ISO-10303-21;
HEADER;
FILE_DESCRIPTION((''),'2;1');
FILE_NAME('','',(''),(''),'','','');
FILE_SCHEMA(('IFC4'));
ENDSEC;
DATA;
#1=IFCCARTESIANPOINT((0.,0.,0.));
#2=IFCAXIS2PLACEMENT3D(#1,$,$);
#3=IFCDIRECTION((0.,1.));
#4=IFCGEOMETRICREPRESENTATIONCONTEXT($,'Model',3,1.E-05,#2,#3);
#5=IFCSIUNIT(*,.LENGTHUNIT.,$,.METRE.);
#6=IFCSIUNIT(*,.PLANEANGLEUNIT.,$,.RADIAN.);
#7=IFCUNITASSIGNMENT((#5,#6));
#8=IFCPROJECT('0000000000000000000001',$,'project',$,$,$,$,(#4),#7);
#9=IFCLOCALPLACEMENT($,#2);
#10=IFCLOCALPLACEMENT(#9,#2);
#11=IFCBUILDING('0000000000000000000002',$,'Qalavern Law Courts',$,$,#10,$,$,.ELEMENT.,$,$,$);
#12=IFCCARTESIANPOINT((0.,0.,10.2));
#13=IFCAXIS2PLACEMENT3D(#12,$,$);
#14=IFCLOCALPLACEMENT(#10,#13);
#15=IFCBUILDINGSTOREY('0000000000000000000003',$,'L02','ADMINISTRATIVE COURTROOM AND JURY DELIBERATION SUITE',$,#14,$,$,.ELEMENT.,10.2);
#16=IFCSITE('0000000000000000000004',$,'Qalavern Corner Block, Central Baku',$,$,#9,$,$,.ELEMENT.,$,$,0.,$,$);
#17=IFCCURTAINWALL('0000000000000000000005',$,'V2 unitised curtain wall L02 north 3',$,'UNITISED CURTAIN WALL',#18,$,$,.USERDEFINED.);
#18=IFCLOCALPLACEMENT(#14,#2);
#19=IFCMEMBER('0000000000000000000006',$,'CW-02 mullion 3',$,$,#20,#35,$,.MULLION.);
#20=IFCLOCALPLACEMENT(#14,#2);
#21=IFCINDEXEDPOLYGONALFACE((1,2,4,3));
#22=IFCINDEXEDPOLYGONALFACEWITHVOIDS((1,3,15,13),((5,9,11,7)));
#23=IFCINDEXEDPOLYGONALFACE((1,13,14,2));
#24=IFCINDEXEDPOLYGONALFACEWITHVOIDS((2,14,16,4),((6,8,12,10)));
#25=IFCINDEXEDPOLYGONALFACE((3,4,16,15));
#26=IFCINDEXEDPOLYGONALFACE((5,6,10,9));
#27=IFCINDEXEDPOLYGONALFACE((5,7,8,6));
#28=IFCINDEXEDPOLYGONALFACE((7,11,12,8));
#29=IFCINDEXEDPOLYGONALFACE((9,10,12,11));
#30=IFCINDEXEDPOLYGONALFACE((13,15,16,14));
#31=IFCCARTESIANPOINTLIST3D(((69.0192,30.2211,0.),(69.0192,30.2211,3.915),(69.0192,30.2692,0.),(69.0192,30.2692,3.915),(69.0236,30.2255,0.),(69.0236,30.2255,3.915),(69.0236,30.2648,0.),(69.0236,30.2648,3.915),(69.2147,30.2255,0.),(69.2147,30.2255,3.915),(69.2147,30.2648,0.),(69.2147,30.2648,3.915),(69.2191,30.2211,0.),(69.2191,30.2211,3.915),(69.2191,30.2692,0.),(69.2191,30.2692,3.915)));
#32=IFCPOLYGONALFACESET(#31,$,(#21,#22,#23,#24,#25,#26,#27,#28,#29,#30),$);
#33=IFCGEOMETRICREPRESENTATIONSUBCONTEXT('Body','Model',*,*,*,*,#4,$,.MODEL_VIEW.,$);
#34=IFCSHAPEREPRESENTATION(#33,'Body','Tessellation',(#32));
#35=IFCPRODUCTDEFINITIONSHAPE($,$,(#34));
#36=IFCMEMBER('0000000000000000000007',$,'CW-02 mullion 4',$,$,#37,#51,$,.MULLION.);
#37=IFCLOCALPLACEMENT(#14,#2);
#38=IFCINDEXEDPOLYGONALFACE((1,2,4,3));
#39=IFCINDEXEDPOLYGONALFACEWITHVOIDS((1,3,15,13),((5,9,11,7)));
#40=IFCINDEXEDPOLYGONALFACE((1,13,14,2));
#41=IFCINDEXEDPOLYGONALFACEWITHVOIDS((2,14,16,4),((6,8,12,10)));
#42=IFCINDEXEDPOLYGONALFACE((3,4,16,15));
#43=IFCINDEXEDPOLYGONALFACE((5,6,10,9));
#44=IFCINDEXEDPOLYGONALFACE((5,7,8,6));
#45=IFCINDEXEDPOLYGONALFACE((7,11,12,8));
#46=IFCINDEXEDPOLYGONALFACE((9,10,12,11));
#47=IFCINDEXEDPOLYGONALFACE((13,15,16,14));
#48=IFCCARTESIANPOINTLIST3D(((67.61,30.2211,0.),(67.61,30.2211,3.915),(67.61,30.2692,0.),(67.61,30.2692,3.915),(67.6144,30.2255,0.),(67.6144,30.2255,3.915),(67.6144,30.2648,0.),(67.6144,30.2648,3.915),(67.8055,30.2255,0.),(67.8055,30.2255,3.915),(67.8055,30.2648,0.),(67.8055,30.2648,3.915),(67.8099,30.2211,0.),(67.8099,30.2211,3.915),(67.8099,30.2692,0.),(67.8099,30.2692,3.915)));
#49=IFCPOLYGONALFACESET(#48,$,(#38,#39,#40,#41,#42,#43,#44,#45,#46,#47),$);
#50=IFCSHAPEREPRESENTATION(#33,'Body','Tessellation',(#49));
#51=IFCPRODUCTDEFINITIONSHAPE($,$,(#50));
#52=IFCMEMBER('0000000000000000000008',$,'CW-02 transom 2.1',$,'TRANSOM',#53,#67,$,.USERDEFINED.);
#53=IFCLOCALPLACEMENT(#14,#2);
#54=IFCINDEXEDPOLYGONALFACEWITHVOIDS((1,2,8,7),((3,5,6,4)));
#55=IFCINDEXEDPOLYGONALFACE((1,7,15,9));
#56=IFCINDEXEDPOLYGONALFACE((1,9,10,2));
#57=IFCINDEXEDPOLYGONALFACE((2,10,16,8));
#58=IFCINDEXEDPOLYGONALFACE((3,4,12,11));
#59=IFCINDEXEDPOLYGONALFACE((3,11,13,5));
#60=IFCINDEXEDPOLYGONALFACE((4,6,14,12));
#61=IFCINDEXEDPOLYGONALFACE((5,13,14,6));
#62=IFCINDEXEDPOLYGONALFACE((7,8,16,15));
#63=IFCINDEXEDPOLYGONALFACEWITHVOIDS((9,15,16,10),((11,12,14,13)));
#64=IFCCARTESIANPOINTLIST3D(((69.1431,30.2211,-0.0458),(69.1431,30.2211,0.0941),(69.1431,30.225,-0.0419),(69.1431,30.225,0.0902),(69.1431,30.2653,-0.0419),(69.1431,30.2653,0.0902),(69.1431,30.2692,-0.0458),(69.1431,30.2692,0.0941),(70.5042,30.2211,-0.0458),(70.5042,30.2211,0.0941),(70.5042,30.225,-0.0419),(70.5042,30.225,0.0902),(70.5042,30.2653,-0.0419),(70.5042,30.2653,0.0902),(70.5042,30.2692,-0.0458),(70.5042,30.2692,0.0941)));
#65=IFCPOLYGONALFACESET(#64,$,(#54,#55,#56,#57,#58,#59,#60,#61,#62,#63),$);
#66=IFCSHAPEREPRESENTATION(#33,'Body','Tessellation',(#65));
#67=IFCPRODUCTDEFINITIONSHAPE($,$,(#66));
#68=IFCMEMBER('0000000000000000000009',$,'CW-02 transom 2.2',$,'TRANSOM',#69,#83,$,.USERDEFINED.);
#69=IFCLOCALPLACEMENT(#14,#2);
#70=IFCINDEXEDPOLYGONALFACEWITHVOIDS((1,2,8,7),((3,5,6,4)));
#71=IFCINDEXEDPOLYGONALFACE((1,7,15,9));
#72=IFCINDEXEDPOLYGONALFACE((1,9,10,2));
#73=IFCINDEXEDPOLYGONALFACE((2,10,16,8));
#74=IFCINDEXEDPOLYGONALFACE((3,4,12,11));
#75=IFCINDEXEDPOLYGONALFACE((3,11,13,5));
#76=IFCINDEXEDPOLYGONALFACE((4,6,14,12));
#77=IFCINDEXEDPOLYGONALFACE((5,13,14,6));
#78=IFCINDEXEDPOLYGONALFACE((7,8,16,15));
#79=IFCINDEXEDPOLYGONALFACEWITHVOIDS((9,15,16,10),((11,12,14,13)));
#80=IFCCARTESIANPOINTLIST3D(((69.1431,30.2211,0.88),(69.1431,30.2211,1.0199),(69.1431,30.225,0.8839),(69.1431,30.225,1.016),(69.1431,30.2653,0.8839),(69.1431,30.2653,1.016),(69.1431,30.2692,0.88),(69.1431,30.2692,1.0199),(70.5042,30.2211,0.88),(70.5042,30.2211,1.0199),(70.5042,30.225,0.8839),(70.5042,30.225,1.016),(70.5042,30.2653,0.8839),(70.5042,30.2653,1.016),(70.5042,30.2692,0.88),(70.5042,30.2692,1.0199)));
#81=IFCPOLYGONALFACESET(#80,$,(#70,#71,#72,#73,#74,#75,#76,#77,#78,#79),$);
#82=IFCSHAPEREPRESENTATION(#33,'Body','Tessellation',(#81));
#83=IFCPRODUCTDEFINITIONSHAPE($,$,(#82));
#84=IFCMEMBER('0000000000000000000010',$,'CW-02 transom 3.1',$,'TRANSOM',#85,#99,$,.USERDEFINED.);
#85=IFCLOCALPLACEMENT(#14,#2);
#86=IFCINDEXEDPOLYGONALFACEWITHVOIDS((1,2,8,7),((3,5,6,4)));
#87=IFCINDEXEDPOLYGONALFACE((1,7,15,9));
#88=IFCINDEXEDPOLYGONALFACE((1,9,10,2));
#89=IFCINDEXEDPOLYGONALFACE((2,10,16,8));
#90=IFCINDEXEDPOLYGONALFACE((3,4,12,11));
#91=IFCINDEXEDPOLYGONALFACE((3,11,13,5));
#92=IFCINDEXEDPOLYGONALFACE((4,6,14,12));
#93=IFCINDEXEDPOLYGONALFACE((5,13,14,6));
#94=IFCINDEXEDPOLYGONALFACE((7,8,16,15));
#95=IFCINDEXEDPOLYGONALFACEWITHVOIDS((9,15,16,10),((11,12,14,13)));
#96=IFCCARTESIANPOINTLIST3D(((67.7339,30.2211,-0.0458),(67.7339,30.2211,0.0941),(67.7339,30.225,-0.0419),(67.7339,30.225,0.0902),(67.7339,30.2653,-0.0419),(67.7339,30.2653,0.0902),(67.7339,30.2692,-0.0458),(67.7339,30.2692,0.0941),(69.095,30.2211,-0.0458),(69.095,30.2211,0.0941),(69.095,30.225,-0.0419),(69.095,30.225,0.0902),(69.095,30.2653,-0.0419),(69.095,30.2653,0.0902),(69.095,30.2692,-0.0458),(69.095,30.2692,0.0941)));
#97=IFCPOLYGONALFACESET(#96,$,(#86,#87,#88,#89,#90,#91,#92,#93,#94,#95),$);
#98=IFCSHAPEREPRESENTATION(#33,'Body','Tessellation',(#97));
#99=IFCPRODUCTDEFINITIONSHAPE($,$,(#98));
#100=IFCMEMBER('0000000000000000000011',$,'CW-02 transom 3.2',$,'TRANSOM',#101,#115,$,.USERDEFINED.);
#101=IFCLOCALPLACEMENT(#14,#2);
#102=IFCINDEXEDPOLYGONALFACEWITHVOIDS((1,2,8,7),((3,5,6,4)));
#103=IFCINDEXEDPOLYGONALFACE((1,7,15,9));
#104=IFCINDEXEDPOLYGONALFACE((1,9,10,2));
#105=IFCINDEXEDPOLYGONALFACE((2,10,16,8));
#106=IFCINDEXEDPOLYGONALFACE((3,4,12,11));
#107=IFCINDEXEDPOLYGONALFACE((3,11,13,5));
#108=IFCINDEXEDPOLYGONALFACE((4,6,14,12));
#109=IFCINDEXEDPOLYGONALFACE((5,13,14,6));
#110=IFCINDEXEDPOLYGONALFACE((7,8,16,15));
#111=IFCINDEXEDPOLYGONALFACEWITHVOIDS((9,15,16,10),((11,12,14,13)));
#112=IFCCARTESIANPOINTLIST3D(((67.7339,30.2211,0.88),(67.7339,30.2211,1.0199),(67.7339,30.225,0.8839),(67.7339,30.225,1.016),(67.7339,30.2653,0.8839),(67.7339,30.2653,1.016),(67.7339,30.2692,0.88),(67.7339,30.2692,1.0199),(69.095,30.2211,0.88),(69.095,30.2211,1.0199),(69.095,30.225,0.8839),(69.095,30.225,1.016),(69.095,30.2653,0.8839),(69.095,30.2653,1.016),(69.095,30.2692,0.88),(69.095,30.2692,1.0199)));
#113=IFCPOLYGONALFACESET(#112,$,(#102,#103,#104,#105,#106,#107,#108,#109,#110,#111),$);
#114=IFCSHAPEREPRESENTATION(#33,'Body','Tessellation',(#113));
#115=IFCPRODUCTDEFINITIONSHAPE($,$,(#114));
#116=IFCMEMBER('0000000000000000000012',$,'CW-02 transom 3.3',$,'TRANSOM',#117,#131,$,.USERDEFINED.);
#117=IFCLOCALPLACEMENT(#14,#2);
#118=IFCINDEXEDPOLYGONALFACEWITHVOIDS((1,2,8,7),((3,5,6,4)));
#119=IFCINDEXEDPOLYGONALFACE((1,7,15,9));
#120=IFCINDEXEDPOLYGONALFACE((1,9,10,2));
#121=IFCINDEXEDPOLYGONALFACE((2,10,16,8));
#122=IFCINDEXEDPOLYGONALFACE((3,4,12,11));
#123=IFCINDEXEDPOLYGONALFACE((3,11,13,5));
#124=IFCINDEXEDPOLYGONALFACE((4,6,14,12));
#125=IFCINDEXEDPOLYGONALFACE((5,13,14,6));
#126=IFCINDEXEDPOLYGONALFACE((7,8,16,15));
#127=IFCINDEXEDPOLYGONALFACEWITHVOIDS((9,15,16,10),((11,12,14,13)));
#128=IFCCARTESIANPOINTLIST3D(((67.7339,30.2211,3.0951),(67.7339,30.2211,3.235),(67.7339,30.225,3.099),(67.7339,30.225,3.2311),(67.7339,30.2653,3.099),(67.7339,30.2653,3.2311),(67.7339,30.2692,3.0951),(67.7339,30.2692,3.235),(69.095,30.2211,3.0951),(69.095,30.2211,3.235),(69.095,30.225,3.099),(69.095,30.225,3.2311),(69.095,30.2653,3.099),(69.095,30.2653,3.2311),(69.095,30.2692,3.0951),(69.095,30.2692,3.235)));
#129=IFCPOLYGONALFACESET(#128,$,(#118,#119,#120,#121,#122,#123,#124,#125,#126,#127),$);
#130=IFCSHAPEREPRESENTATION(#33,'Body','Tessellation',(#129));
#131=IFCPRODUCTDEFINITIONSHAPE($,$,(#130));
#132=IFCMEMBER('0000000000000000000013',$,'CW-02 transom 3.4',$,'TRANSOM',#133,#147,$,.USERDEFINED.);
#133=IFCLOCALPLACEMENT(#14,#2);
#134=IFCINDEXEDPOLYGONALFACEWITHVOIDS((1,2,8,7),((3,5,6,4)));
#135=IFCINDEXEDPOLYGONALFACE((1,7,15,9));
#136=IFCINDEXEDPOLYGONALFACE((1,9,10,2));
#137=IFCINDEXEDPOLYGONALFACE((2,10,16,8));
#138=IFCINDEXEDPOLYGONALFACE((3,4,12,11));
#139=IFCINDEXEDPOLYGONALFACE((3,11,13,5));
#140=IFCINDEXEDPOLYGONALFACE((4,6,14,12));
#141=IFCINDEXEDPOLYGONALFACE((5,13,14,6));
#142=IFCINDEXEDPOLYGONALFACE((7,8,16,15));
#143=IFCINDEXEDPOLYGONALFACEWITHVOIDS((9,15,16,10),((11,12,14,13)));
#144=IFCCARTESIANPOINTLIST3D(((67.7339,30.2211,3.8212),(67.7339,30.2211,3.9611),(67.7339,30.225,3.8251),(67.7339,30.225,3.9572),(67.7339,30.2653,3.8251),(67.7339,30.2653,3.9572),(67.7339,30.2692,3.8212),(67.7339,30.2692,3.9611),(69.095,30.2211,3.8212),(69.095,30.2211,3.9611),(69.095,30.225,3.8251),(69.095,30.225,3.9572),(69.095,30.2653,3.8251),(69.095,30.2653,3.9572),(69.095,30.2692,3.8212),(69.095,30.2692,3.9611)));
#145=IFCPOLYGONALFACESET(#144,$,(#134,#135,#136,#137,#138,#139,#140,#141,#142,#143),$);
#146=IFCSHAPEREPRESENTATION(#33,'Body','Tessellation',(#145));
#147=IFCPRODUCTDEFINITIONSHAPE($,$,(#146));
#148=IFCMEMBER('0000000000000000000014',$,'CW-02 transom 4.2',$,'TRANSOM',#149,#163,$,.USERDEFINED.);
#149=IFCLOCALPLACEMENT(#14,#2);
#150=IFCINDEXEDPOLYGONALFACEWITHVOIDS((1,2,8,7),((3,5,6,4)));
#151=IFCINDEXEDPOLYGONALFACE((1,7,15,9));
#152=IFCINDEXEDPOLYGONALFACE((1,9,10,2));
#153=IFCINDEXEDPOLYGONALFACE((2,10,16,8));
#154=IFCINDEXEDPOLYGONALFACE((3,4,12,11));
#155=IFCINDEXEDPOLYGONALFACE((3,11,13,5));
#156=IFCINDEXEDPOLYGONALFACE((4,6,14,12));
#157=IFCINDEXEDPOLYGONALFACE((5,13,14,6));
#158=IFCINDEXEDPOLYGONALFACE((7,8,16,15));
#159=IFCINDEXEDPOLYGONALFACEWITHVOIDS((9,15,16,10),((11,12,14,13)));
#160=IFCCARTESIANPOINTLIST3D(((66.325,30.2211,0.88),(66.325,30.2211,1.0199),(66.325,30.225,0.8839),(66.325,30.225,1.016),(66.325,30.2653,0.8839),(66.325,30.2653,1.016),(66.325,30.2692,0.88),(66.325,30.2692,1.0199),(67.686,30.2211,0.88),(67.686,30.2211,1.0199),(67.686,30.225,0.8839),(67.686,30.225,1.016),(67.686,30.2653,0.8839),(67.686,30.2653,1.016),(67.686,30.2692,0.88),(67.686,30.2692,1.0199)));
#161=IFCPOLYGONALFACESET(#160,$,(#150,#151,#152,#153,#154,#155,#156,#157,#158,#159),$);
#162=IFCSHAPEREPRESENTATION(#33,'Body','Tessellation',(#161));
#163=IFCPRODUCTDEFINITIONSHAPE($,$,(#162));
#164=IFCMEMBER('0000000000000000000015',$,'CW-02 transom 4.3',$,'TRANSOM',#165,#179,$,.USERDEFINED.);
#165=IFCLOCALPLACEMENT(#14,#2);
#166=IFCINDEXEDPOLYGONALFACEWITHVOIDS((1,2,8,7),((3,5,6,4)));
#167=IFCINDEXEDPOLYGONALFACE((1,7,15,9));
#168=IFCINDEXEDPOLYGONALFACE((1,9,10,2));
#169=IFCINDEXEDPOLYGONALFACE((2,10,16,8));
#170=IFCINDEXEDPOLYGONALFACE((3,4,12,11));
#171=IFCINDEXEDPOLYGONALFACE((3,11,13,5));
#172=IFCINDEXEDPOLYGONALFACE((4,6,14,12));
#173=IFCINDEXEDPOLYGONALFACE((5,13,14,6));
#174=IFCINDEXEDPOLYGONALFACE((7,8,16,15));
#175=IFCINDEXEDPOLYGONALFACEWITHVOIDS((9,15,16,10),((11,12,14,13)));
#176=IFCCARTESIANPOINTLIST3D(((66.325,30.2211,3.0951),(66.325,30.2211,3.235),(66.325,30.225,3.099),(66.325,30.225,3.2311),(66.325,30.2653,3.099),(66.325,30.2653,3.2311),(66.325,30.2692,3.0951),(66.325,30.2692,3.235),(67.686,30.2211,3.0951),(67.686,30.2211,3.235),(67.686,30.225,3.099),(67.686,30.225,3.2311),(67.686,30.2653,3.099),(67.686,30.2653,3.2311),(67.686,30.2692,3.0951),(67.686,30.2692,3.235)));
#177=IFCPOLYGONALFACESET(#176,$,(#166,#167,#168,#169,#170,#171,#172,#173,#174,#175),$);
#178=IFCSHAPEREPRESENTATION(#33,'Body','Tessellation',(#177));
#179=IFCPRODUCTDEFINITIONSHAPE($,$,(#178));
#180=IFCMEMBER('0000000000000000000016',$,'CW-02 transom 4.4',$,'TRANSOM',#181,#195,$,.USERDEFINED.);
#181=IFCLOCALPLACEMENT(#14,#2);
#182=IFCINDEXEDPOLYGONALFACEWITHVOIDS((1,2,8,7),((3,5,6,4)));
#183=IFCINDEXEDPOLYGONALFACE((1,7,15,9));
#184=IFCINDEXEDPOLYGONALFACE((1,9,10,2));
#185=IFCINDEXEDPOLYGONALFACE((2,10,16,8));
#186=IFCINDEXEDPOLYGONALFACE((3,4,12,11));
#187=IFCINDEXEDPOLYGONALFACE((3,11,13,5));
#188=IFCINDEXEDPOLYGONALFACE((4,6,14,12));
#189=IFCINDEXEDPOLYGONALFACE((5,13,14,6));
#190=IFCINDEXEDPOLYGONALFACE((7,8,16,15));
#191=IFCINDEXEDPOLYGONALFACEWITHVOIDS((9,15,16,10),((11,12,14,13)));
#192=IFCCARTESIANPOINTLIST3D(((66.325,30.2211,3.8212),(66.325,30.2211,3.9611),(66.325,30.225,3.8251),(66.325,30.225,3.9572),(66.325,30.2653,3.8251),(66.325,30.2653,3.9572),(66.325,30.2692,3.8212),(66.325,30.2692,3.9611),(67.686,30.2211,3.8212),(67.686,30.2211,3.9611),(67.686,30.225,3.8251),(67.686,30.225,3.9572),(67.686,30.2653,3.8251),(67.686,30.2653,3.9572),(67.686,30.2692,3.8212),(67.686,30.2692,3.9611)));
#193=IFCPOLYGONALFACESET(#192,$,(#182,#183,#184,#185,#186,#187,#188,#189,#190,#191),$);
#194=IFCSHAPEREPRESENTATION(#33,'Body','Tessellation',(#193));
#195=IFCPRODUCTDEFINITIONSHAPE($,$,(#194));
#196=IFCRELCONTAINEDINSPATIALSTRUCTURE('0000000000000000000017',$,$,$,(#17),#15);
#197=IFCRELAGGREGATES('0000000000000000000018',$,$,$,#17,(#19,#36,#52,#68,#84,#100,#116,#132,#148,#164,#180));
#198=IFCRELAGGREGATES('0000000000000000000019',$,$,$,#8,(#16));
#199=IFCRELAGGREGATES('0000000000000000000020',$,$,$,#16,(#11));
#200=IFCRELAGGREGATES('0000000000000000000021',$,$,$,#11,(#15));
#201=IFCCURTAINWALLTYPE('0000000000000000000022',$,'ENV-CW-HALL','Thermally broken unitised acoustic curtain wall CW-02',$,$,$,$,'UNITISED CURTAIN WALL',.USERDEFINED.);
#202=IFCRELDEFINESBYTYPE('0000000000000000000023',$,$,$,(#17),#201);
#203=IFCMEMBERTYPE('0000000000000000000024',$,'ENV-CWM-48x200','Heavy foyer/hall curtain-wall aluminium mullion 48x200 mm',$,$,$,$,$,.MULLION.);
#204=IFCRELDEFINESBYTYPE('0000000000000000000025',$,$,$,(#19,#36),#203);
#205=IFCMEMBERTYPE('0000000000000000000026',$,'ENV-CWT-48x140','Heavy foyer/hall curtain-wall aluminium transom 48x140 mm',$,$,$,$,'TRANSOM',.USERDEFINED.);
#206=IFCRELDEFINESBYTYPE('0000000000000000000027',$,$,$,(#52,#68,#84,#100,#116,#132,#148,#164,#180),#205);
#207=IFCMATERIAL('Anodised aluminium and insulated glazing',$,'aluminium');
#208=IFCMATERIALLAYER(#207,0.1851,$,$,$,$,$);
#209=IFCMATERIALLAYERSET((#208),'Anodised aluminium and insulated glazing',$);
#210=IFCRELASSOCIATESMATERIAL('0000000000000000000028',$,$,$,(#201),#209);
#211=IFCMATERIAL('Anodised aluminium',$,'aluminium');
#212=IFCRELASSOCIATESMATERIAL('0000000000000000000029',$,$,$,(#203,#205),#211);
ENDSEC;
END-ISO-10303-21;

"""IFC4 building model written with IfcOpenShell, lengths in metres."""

from ifc_helpers import new_model, si_unit, direction, frame, origin, origin_2d, place, context, subcontext, project, spatial, hollow_rectangle, extrude, material, layer, layer_set, material_profile, profile_set, type_object, element, aggregate, save


model = new_model("IFC4")

# Units and contexts
model_context = context("Model", 3, precision=1e-05, world=origin(), true_north=direction((0.0, 1.0)))
body_context = subcontext(model_context, "Body", "Model", "MODEL_VIEW")
ifc_project = project(units=[si_unit("LENGTHUNIT", "METRE"), si_unit("PLANEANGLEUNIT", "RADIAN")], contexts=[model_context])

# Site, building, storey
site_placement = place(None, origin())
site = spatial("IfcSite", under=ifc_project, at=site_placement, Name="Qalavern Corner Block, Central Baku", CompositionType="ELEMENT", RefElevation=0.0)
building_placement = place(site_placement, origin())
building = spatial("IfcBuilding", under=site, at=building_placement, Name="Qalavern Law Courts", CompositionType="ELEMENT")
storey_placement = place(building_placement, frame((0.0, 0.0, 10.2)))
storey = spatial("IfcBuildingStorey", under=building, at=storey_placement, Name="L02", Description="ADMINISTRATIVE COURTROOM AND JURY DELIBERATION SUITE", CompositionType="ELEMENT", Elevation=10.2)

# Curtain wall, members
ifc_material_1 = material(Name="Anodised aluminium and insulated glazing", Category="aluminium")
ifc_layer_1 = layer(ifc_material_1, 0.1851)
ifc_layer_set_1 = layer_set([ifc_layer_1], Name="Anodised aluminium and insulated glazing")
curtain_wall_type = type_object("IfcCurtainWallType", Name="ENV-CW-HALL", Description="Thermally broken unitised acoustic curtain wall CW-02", ElementType="UNITISED CURTAIN WALL", PredefinedType="USERDEFINED", material=ifc_layer_set_1)
curtain_wall_placement = place(storey_placement, origin())
curtain_wall = element("IfcCurtainWall", 1, at=curtain_wall_placement, inside=storey, type_object=curtain_wall_type, Name="V2 unitised curtain wall L02 north 3", ObjectType="UNITISED CURTAIN WALL", PredefinedType="USERDEFINED")
ifc_material_2 = material(Name="Anodised aluminium", Category="aluminium")
ifc_material_profile_1 = material_profile(ifc_material_2, hollow_rectangle(XDim=0.0481, YDim=0.2, WallThickness=0.0044, at=origin_2d()), Name="ALU MULLION 48x200")
ifc_profile_set_1 = profile_set([ifc_material_profile_1], Name="Anodised aluminium")
member_type_1 = type_object("IfcMemberType", Name="ENV-CWM-48x200", Description="Heavy foyer/hall curtain-wall aluminium mullion 48x200 mm", PredefinedType="MULLION", material=ifc_profile_set_1)
member_1_placement = place(storey_placement, frame((69.1191, 30.2451, 0.0), z_axis=(0.0, 0.0, 1.0), x_axis=(0.0, -1.0, 0.0)))
member_1 = element("IfcMember", 2, at=member_1_placement, type_object=member_type_1, Name="CW-02 mullion 3", PredefinedType="MULLION", context=body_context, shape_type="SweptSolid", body=[
    extrude(hollow_rectangle(XDim=0.0481, YDim=0.2, WallThickness=0.0044, at=origin_2d()), origin(), (0.0, 0.0, 1.0), 3.915),
])
member_2_placement = place(storey_placement, frame((67.71, 30.2451, 0.0), z_axis=(0.0, 0.0, 1.0), x_axis=(0.0, -1.0, 0.0)))
member_2 = element("IfcMember", 3, at=member_2_placement, type_object=member_type_1, Name="CW-02 mullion 4", PredefinedType="MULLION", context=body_context, shape_type="SweptSolid", body=[
    extrude(hollow_rectangle(XDim=0.0481, YDim=0.2, WallThickness=0.0044, at=origin_2d()), origin(), (0.0, 0.0, 1.0), 3.915),
])
ifc_material_profile_2 = material_profile(ifc_material_2, hollow_rectangle(XDim=0.0481, YDim=0.1399, WallThickness=0.0039, at=origin_2d()), Name="ALU TRANSOM 48x140")
ifc_profile_set_2 = profile_set([ifc_material_profile_2], Name="Anodised aluminium")
member_type_2 = type_object("IfcMemberType", Name="ENV-CWT-48x140", Description="Heavy foyer/hall curtain-wall aluminium transom 48x140 mm", ElementType="TRANSOM", PredefinedType="USERDEFINED", material=ifc_profile_set_2)
member_3_placement = place(storey_placement, frame((70.5042, 30.2451, 0.0242), z_axis=(-1.0, 0.0, 0.0), x_axis=(0.0, -1.0, 0.0)))
member_3 = element("IfcMember", 4, at=member_3_placement, type_object=member_type_2, Name="CW-02 transom 2.1", ObjectType="TRANSOM", PredefinedType="USERDEFINED", context=body_context, shape_type="SweptSolid", body=[
    extrude(hollow_rectangle(XDim=0.0481, YDim=0.1399, WallThickness=0.0039, at=origin_2d()), origin(), (0.0, 0.0, 1.0), 1.3611),
])
member_4_placement = place(storey_placement, frame((70.5042, 30.2451, 0.95), z_axis=(-1.0, 0.0, 0.0), x_axis=(0.0, -1.0, 0.0)))
member_4 = element("IfcMember", 5, at=member_4_placement, type_object=member_type_2, Name="CW-02 transom 2.2", ObjectType="TRANSOM", PredefinedType="USERDEFINED", context=body_context, shape_type="SweptSolid", body=[
    extrude(hollow_rectangle(XDim=0.0481, YDim=0.1399, WallThickness=0.0039, at=origin_2d()), origin(), (0.0, 0.0, 1.0), 1.3611),
])
member_5_placement = place(storey_placement, frame((69.095, 30.2451, 0.0242), z_axis=(-1.0, 0.0, 0.0), x_axis=(0.0, -1.0, 0.0)))
member_5 = element("IfcMember", 6, at=member_5_placement, type_object=member_type_2, Name="CW-02 transom 3.1", ObjectType="TRANSOM", PredefinedType="USERDEFINED", context=body_context, shape_type="SweptSolid", body=[
    extrude(hollow_rectangle(XDim=0.0481, YDim=0.1399, WallThickness=0.0039, at=origin_2d()), origin(), (0.0, 0.0, 1.0), 1.3611),
])
member_6_placement = place(storey_placement, frame((69.095, 30.2451, 0.95), z_axis=(-1.0, 0.0, 0.0), x_axis=(0.0, -1.0, 0.0)))
member_6 = element("IfcMember", 7, at=member_6_placement, type_object=member_type_2, Name="CW-02 transom 3.2", ObjectType="TRANSOM", PredefinedType="USERDEFINED", context=body_context, shape_type="SweptSolid", body=[
    extrude(hollow_rectangle(XDim=0.0481, YDim=0.1399, WallThickness=0.0039, at=origin_2d()), origin(), (0.0, 0.0, 1.0), 1.3611),
])
member_7_placement = place(storey_placement, frame((69.095, 30.2451, 3.165), z_axis=(-1.0, 0.0, 0.0), x_axis=(0.0, -1.0, 0.0)))
member_7 = element("IfcMember", 8, at=member_7_placement, type_object=member_type_2, Name="CW-02 transom 3.3", ObjectType="TRANSOM", PredefinedType="USERDEFINED", context=body_context, shape_type="SweptSolid", body=[
    extrude(hollow_rectangle(XDim=0.0481, YDim=0.1399, WallThickness=0.0039, at=origin_2d()), origin(), (0.0, 0.0, 1.0), 1.3611),
])
member_8_placement = place(storey_placement, frame((69.095, 30.2451, 3.8911), z_axis=(-1.0, 0.0, 0.0), x_axis=(0.0, -1.0, 0.0)))
member_8 = element("IfcMember", 9, at=member_8_placement, type_object=member_type_2, Name="CW-02 transom 3.4", ObjectType="TRANSOM", PredefinedType="USERDEFINED", context=body_context, shape_type="SweptSolid", body=[
    extrude(hollow_rectangle(XDim=0.0481, YDim=0.1399, WallThickness=0.0039, at=origin_2d()), origin(), (0.0, 0.0, 1.0), 1.3611),
])
member_9_placement = place(storey_placement, frame((67.686, 30.2451, 0.95), z_axis=(-1.0, 0.0, 0.0), x_axis=(0.0, -1.0, 0.0)))
member_9 = element("IfcMember", 10, at=member_9_placement, type_object=member_type_2, Name="CW-02 transom 4.2", ObjectType="TRANSOM", PredefinedType="USERDEFINED", context=body_context, shape_type="SweptSolid", body=[
    extrude(hollow_rectangle(XDim=0.0481, YDim=0.1399, WallThickness=0.0039, at=origin_2d()), origin(), (0.0, 0.0, 1.0), 1.3611),
])
member_10_placement = place(storey_placement, frame((67.686, 30.2451, 3.165), z_axis=(-1.0, 0.0, 0.0), x_axis=(0.0, -1.0, 0.0)))
member_10 = element("IfcMember", 11, at=member_10_placement, type_object=member_type_2, Name="CW-02 transom 4.3", ObjectType="TRANSOM", PredefinedType="USERDEFINED", context=body_context, shape_type="SweptSolid", body=[
    extrude(hollow_rectangle(XDim=0.0481, YDim=0.1399, WallThickness=0.0039, at=origin_2d()), origin(), (0.0, 0.0, 1.0), 1.3611),
])
member_11_placement = place(storey_placement, frame((67.686, 30.2451, 3.8911), z_axis=(-1.0, 0.0, 0.0), x_axis=(0.0, -1.0, 0.0)))
member_11 = element("IfcMember", 12, at=member_11_placement, type_object=member_type_2, Name="CW-02 transom 4.4", ObjectType="TRANSOM", PredefinedType="USERDEFINED", context=body_context, shape_type="SweptSolid", body=[
    extrude(hollow_rectangle(XDim=0.0481, YDim=0.1399, WallThickness=0.0039, at=origin_2d()), origin(), (0.0, 0.0, 1.0), 1.3611),
])
aggregate(curtain_wall, [member_1, member_2, member_3, member_4, member_5, member_6, member_7, member_8, member_9, member_10, member_11])

save(model, "model.ifc")
